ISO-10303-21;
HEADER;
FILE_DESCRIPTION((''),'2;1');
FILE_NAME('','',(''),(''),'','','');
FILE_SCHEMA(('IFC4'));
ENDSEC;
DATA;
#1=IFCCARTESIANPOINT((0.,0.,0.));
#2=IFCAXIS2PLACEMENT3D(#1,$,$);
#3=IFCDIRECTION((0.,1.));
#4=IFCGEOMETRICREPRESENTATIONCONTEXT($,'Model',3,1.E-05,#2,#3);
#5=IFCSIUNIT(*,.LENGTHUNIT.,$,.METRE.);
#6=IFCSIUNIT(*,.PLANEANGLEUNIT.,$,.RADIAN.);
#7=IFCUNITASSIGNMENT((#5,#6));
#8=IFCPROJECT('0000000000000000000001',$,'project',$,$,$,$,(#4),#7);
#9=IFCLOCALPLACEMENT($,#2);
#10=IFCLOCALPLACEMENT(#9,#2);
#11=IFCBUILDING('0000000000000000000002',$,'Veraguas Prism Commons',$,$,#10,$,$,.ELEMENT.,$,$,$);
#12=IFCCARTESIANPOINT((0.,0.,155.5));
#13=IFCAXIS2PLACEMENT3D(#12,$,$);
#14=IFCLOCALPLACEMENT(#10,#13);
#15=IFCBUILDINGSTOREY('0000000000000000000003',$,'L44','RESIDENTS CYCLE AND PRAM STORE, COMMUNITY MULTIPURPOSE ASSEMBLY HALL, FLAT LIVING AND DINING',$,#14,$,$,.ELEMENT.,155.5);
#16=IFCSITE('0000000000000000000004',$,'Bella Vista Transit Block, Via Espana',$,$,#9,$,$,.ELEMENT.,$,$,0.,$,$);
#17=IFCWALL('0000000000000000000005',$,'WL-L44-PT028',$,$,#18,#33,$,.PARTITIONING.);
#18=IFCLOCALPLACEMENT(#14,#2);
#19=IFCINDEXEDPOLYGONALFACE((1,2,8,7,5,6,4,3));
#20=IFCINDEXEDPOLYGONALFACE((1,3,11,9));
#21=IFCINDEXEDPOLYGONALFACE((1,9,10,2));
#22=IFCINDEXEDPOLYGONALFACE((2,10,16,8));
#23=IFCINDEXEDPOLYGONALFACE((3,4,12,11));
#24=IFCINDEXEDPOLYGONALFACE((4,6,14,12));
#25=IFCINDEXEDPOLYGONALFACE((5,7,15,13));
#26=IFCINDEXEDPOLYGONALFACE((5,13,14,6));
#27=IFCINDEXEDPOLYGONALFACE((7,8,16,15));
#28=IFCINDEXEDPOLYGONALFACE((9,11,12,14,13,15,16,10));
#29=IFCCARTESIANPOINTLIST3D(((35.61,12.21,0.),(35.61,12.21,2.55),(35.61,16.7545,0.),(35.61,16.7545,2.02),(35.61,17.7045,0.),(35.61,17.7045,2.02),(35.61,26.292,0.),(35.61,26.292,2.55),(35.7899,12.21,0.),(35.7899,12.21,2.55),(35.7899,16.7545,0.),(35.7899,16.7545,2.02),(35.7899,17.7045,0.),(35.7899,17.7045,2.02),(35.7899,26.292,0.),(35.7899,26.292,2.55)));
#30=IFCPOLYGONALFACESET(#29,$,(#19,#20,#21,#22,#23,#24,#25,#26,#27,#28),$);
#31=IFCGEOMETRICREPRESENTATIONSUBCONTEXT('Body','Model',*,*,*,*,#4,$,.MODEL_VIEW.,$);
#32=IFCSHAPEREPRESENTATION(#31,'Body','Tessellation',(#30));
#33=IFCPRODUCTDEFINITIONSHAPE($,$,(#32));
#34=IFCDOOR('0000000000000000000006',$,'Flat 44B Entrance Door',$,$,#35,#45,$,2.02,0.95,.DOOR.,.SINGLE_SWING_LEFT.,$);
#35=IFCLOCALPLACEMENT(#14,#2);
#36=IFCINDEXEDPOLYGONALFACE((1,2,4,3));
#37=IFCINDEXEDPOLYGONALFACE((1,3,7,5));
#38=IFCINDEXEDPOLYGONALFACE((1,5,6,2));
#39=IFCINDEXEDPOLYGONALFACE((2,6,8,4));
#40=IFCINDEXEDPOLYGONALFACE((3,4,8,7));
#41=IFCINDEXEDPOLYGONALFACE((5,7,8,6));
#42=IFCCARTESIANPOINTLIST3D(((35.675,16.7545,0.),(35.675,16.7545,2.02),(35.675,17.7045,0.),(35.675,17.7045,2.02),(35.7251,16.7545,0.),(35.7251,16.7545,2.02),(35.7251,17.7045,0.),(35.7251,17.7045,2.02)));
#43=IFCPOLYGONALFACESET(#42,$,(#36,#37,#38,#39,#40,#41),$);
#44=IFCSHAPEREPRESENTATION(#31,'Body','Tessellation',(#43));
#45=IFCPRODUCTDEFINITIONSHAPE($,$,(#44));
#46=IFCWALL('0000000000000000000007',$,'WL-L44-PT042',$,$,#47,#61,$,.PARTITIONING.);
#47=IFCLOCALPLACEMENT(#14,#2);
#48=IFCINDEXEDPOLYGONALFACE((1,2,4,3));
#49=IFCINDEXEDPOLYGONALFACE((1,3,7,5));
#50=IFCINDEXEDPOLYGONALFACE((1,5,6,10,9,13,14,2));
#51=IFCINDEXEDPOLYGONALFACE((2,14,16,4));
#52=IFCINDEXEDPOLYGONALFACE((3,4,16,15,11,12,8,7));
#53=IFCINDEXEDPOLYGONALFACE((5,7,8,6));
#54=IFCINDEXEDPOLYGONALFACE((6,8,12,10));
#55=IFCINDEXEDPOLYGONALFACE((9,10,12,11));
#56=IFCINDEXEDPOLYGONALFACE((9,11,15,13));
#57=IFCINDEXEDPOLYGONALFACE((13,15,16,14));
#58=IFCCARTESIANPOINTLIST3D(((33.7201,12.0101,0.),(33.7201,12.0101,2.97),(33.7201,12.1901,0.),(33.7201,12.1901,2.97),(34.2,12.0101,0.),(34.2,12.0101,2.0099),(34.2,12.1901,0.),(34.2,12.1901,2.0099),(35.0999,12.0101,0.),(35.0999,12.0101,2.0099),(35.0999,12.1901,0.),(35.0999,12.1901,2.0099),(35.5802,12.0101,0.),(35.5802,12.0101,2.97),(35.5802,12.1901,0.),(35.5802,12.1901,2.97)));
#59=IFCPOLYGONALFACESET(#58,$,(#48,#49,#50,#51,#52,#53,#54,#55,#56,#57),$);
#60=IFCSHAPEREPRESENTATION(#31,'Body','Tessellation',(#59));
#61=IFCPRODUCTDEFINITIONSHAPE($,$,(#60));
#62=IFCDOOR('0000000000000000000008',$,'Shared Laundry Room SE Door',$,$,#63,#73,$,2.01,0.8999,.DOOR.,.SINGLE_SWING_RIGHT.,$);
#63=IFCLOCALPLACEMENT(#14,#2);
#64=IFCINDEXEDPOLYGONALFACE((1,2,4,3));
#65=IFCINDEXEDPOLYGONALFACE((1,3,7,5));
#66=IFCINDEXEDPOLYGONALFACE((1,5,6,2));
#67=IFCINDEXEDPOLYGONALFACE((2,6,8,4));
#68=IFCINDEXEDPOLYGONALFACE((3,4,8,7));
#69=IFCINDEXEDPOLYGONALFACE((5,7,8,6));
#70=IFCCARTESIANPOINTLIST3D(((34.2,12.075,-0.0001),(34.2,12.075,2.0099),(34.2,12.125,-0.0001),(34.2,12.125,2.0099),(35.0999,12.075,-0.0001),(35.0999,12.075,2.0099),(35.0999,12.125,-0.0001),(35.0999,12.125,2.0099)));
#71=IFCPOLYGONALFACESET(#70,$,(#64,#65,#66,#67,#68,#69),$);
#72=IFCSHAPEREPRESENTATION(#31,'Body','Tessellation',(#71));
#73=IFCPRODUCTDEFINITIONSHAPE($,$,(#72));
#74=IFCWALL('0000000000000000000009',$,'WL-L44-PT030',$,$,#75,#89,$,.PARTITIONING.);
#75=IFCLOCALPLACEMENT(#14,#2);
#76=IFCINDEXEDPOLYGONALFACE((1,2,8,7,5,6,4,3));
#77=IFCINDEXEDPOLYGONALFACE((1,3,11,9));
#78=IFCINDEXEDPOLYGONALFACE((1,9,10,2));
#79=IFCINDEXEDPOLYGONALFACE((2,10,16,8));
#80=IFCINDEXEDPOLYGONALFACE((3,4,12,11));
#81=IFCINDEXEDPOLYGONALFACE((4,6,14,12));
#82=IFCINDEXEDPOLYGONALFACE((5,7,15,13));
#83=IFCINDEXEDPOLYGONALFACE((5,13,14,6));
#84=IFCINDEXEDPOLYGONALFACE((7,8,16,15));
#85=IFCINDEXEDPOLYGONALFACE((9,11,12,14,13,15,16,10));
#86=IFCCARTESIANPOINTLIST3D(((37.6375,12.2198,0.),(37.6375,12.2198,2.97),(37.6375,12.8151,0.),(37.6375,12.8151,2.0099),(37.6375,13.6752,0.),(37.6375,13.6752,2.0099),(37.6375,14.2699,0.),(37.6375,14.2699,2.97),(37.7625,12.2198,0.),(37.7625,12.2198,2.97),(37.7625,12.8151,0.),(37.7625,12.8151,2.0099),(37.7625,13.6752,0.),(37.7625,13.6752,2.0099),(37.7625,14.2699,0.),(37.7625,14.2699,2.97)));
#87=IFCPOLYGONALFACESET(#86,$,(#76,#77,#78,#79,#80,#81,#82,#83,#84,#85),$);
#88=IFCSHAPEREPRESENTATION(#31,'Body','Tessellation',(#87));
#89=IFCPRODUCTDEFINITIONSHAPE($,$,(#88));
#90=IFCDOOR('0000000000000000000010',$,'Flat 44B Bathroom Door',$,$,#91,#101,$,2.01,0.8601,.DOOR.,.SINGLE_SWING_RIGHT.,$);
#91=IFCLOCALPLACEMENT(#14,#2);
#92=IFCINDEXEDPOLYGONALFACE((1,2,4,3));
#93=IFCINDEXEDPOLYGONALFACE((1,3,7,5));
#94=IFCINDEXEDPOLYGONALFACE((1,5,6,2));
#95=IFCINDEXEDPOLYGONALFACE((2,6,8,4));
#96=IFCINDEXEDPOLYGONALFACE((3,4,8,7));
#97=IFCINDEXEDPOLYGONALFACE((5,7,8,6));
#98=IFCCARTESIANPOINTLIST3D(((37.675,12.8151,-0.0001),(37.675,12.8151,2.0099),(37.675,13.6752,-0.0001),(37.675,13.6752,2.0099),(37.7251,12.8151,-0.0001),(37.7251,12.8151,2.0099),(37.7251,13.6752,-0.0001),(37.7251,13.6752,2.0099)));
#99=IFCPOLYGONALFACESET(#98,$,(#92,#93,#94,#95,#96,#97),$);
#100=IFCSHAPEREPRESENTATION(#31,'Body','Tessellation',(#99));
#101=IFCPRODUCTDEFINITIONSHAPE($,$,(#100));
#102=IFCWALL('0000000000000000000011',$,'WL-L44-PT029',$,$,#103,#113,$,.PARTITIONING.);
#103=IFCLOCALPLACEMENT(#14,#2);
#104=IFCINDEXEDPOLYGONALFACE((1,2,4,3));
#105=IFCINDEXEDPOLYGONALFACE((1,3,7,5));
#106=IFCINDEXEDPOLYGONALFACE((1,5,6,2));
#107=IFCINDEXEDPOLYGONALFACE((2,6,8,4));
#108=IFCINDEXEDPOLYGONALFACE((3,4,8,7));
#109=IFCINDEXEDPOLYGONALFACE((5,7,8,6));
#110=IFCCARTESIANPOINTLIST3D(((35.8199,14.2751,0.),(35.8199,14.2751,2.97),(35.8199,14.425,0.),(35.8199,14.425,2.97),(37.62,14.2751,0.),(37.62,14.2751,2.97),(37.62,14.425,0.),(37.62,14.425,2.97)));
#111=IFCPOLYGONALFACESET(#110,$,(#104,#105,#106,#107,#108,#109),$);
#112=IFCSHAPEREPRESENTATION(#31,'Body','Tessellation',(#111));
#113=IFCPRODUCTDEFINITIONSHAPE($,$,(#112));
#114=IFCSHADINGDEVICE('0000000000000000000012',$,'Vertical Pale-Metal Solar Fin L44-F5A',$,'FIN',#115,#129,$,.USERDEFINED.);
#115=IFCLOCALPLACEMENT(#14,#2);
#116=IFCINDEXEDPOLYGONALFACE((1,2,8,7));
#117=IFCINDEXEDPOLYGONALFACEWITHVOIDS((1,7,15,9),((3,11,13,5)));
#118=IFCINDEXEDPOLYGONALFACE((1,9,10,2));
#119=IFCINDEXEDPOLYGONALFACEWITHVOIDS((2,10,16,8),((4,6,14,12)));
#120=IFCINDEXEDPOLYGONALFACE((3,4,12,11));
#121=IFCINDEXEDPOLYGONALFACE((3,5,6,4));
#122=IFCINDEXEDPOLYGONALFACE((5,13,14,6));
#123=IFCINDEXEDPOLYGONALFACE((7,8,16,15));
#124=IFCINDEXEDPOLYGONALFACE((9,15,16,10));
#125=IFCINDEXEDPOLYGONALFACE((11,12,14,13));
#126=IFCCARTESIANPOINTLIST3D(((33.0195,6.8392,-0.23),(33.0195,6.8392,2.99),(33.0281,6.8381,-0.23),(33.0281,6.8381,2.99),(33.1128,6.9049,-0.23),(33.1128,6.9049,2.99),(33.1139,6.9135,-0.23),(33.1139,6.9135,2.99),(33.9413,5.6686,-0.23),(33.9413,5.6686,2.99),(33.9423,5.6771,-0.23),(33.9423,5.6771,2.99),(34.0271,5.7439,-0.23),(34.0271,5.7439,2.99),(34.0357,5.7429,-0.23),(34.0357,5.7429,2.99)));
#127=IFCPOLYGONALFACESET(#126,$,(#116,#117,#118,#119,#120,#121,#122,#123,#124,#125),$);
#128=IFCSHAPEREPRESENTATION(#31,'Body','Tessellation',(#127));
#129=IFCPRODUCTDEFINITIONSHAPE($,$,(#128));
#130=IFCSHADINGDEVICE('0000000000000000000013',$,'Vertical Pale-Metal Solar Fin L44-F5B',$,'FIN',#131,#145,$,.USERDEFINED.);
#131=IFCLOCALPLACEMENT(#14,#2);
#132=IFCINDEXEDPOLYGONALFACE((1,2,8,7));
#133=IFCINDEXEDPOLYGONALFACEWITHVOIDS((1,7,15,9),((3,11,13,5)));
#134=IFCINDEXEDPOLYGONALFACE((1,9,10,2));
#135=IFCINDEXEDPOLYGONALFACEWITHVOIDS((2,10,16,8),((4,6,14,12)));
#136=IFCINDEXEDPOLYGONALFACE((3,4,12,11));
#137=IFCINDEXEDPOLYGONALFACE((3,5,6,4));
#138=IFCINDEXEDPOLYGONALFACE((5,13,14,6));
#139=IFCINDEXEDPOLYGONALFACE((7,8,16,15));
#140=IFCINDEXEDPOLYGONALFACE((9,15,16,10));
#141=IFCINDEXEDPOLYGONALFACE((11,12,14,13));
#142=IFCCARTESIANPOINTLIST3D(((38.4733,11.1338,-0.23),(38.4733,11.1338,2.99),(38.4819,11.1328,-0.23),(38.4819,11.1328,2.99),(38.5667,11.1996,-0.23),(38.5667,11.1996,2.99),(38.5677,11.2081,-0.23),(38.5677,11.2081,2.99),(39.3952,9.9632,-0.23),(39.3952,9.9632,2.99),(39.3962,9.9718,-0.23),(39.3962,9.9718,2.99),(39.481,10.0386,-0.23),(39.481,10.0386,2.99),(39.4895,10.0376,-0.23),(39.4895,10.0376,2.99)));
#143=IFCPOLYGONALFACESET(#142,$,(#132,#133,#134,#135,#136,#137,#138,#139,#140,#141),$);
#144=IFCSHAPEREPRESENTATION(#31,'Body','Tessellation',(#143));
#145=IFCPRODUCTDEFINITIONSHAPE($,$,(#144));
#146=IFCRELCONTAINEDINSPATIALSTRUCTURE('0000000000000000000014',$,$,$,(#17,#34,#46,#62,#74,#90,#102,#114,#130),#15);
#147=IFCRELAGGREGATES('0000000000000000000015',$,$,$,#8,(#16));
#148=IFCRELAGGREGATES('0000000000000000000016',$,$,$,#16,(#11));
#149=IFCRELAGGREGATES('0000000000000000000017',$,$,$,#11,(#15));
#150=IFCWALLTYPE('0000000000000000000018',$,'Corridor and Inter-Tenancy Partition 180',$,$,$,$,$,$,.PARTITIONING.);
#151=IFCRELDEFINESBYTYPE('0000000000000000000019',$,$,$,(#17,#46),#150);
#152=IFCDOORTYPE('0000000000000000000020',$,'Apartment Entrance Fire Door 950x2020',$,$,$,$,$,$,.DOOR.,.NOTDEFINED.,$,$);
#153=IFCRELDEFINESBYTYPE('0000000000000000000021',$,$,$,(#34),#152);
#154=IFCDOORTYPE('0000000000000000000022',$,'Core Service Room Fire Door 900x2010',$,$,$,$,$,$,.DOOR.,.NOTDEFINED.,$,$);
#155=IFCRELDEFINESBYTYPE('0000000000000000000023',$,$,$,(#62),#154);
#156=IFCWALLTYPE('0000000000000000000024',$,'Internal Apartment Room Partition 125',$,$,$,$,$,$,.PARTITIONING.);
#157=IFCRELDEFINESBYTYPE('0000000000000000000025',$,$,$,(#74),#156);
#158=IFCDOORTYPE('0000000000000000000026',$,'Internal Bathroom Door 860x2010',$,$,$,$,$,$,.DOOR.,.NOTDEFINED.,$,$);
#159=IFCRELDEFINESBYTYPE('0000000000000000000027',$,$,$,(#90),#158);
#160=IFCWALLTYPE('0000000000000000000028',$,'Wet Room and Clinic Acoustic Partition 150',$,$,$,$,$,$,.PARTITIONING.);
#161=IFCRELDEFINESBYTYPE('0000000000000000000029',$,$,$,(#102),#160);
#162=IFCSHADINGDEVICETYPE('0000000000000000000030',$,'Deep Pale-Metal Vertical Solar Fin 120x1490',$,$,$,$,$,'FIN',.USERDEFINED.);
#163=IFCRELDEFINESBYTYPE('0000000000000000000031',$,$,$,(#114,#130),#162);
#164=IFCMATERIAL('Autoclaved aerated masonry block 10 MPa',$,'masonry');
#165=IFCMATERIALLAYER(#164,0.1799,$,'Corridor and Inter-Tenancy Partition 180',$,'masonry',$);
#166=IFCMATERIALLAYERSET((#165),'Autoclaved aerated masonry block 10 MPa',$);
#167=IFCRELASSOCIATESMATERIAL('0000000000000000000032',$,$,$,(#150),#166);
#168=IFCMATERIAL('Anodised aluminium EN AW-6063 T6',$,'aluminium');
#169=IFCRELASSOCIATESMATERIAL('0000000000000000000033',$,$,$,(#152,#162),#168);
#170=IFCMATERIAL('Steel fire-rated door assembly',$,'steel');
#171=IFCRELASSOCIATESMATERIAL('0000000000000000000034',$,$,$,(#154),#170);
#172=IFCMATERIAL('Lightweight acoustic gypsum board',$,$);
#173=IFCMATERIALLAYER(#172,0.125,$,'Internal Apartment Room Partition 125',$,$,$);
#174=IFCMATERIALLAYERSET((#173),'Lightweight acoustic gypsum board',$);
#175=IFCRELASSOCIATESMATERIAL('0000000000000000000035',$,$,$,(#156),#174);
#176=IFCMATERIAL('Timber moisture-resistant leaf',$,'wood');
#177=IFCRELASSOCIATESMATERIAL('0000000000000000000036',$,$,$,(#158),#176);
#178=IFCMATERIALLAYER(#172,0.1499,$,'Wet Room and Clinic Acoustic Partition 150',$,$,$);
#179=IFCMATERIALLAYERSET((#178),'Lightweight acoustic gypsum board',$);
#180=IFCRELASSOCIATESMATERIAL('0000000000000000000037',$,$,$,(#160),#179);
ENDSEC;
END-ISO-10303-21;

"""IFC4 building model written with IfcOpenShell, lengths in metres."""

from ifc_helpers import new_model, si_unit, direction, frame, frame_2d, origin, origin_2d, place, context, subcontext, project, spatial, rectangle, hollow_rectangle, extrude, source, transform, mapped, material, layer, layer_set, material_profile, profile_set, type_object, element, fill, save


model = new_model("IFC4")

# Units and contexts
model_context = context("Model", 3, precision=1e-05, world=origin(), true_north=direction((0.0, 1.0)))
body_context = subcontext(model_context, "Body", "Model", "MODEL_VIEW")
ifc_project = project(units=[si_unit("LENGTHUNIT", "METRE"), si_unit("PLANEANGLEUNIT", "RADIAN")], contexts=[model_context])

# Site, building, storey
site_placement = place(None, origin())
site = spatial("IfcSite", under=ifc_project, at=site_placement, Name="Bella Vista Transit Block, Via Espana", CompositionType="ELEMENT", RefElevation=0.0)
building_placement = place(site_placement, origin())
building = spatial("IfcBuilding", under=site, at=building_placement, Name="Veraguas Prism Commons", CompositionType="ELEMENT")
storey_placement = place(building_placement, frame((0.0, 0.0, 155.5)))
storey = spatial("IfcBuildingStorey", under=building, at=storey_placement, Name="L44", Description="RESIDENTS CYCLE AND PRAM STORE, COMMUNITY MULTIPURPOSE ASSEMBLY HALL, FLAT LIVING AND DINING", CompositionType="ELEMENT", Elevation=155.5)

# Shared definitions
ifc_material_1 = material(Name="Anodised aluminium EN AW-6063 T6", Category="aluminium")

# Shared definitions
ifc_material_2 = material(Name="Autoclaved aerated masonry block 10 MPa", Category="masonry")
ifc_layer_1 = layer(ifc_material_2, 0.1799, Name="Corridor and Inter-Tenancy Partition 180", Category="masonry")
ifc_layer_set_1 = layer_set([ifc_layer_1], Name="Autoclaved aerated masonry block 10 MPa")
wall_type_1 = type_object("IfcWallType", Name="Corridor and Inter-Tenancy Partition 180", PredefinedType="PARTITIONING", material=ifc_layer_set_1)

# Walls, openings, doors
wall_1_placement = place(storey_placement, frame((35.7, 12.21, 0.0), z_axis=(0.0, 0.0, 1.0), x_axis=(0.0, 1.0, 0.0)))
wall_1 = element("IfcWall", 1, at=wall_1_placement, inside=storey, type_object=wall_type_1, Name="WL-L44-PT028", PredefinedType="PARTITIONING", context=body_context, shape_type="SweptSolid", body=[
    extrude(rectangle(XDim=14.082, YDim=0.1799, at=frame_2d((7.041, 0.0))), origin(), (0.0, 0.0, 1.0), 2.55),
])
opening_1_placement = place(wall_1_placement, frame((4.5444, 0.0, 0.0)))
opening_1 = element("IfcOpeningElement", 2, at=opening_1_placement, cuts=wall_1, PredefinedType="OPENING", context=body_context, shape_type="SweptSolid", body=[
    extrude(rectangle(XDim=0.95, YDim=2.02, at=frame_2d((0.4751, 1.01))), frame((0.0, 0.0999, 0.0), z_axis=(0.0, -1.0, 0.0), x_axis=(1.0, 0.0, 0.0)), (0.0, 0.0, 1.0), 0.2),
])
door_type_1 = type_object("IfcDoorType", Name="Apartment Entrance Fire Door 950x2020", OperationType="NOTDEFINED", PredefinedType="DOOR", material=ifc_material_1)
shared_shape_1 = source(origin(), body_context, "Body", "SweptSolid", [
    extrude(rectangle(XDim=0.95, YDim=2.02, at=frame_2d((0.4751, 1.01))), frame((0.0, 0.0249, 0.0), z_axis=(0.0, -1.0, 0.0), x_axis=(1.0, 0.0, 0.0)), (0.0, 0.0, 1.0), 0.05),
])
door_1_placement = place(opening_1_placement, origin())
door_1 = element("IfcDoor", 3, at=door_1_placement, inside=storey, type_object=door_type_1, Name="Flat 44B Entrance Door", OperationType="SINGLE_SWING_LEFT", OverallHeight=2.02, OverallWidth=0.95, PredefinedType="DOOR", context=body_context, shape_type="MappedRepresentation", body=[
    mapped(shared_shape_1, transform((0.0, 0.0, 0.0), scale=1.0)),
])
fill(opening_1, door_1)
wall_2_placement = place(storey_placement, frame((33.72, 12.1001, 0.0), z_axis=(0.0, 0.0, 1.0), x_axis=(1.0, 0.0, 0.0)))
wall_2 = element("IfcWall", 4, at=wall_2_placement, inside=storey, type_object=wall_type_1, Name="WL-L44-PT042", PredefinedType="PARTITIONING", context=body_context, shape_type="SweptSolid", body=[
    extrude(rectangle(XDim=1.8601, YDim=0.1799, at=frame_2d((0.9302, 0.0))), origin(), (0.0, 0.0, 1.0), 2.97),
])
opening_2_placement = place(wall_2_placement, frame((0.48, 0.0, 0.0)))
opening_2 = element("IfcOpeningElement", 5, at=opening_2_placement, cuts=wall_2, PredefinedType="OPENING", context=body_context, shape_type="SweptSolid", body=[
    extrude(rectangle(XDim=0.8999, YDim=2.01, at=frame_2d((0.45, 1.0049))), frame((0.0, 0.0999, 0.0), z_axis=(0.0, -1.0, 0.0), x_axis=(1.0, 0.0, 0.0)), (0.0, 0.0, 1.0), 0.2),
])
ifc_material_3 = material(Name="Steel fire-rated door assembly", Category="steel")
door_type_2 = type_object("IfcDoorType", Name="Core Service Room Fire Door 900x2010", OperationType="NOTDEFINED", PredefinedType="DOOR", material=ifc_material_3)
shared_shape_2 = source(origin(), body_context, "Body", "SweptSolid", [
    extrude(rectangle(XDim=0.8999, YDim=2.01, at=frame_2d((0.45, 1.0049))), frame((0.0, 0.0249, 0.0), z_axis=(0.0, -1.0, 0.0), x_axis=(1.0, 0.0, 0.0)), (0.0, 0.0, 1.0), 0.05),
])
door_2_placement = place(opening_2_placement, origin())
door_2 = element("IfcDoor", 6, at=door_2_placement, inside=storey, type_object=door_type_2, Name="Shared Laundry Room SE Door", OperationType="SINGLE_SWING_RIGHT", OverallHeight=2.01, OverallWidth=0.8999, PredefinedType="DOOR", context=body_context, shape_type="MappedRepresentation", body=[
    mapped(shared_shape_2, transform((0.0, 0.0, 0.0), scale=1.0)),
])
fill(opening_2, door_2)
ifc_material_4 = material(Name="Lightweight acoustic gypsum board")
ifc_layer_2 = layer(ifc_material_4, 0.125, Name="Internal Apartment Room Partition 125")
ifc_layer_set_2 = layer_set([ifc_layer_2], Name="Lightweight acoustic gypsum board")
wall_type_2 = type_object("IfcWallType", Name="Internal Apartment Room Partition 125", PredefinedType="PARTITIONING", material=ifc_layer_set_2)
wall_3_placement = place(storey_placement, frame((37.7, 12.22, 0.0), z_axis=(0.0, 0.0, 1.0), x_axis=(0.0, 1.0, 0.0)))
wall_3 = element("IfcWall", 7, at=wall_3_placement, inside=storey, type_object=wall_type_2, Name="WL-L44-PT030", PredefinedType="PARTITIONING", context=body_context, shape_type="SweptSolid", body=[
    extrude(rectangle(XDim=2.05, YDim=0.125, at=frame_2d((1.0249, 0.0))), origin(), (0.0, 0.0, 1.0), 2.97),
])
opening_3_placement = place(wall_3_placement, frame((0.595, 0.0, 0.0)))
opening_3 = element("IfcOpeningElement", 8, at=opening_3_placement, cuts=wall_3, PredefinedType="OPENING", context=body_context, shape_type="SweptSolid", body=[
    extrude(rectangle(XDim=0.8601, YDim=2.01, at=frame_2d((0.4302, 1.0049))), frame((0.0, 0.0725, 0.0), z_axis=(0.0, -1.0, 0.0), x_axis=(1.0, 0.0, 0.0)), (0.0, 0.0, 1.0), 0.145),
])
ifc_material_5 = material(Name="Timber moisture-resistant leaf", Category="wood")
door_type_3 = type_object("IfcDoorType", Name="Internal Bathroom Door 860x2010", OperationType="NOTDEFINED", PredefinedType="DOOR", material=ifc_material_5)
shared_shape_3 = source(origin(), body_context, "Body", "SweptSolid", [
    extrude(rectangle(XDim=0.8601, YDim=2.01, at=frame_2d((0.4302, 1.0049))), frame((0.0, 0.0249, 0.0), z_axis=(0.0, -1.0, 0.0), x_axis=(1.0, 0.0, 0.0)), (0.0, 0.0, 1.0), 0.05),
])
door_3_placement = place(opening_3_placement, origin())
door_3 = element("IfcDoor", 9, at=door_3_placement, inside=storey, type_object=door_type_3, Name="Flat 44B Bathroom Door", OperationType="SINGLE_SWING_RIGHT", OverallHeight=2.01, OverallWidth=0.8601, PredefinedType="DOOR", context=body_context, shape_type="MappedRepresentation", body=[
    mapped(shared_shape_3, transform((0.0, 0.0, 0.0), scale=1.0)),
])
fill(opening_3, door_3)

# Wall
ifc_layer_3 = layer(ifc_material_4, 0.1499, Name="Wet Room and Clinic Acoustic Partition 150")
ifc_layer_set_3 = layer_set([ifc_layer_3], Name="Lightweight acoustic gypsum board")
wall_type_3 = type_object("IfcWallType", Name="Wet Room and Clinic Acoustic Partition 150", PredefinedType="PARTITIONING", material=ifc_layer_set_3)
wall_4_placement = place(storey_placement, frame((35.8201, 14.3501, 0.0), z_axis=(0.0, 0.0, 1.0), x_axis=(1.0, 0.0, 0.0)))
element("IfcWall", 10, at=wall_4_placement, inside=storey, type_object=wall_type_3, Name="WL-L44-PT029", PredefinedType="PARTITIONING", context=body_context, shape_type="SweptSolid", body=[
    extrude(rectangle(XDim=1.8, YDim=0.1499, at=frame_2d((0.8999, 0.0))), origin(), (0.0, 0.0, 1.0), 2.97),
])

# Shading devices
ifc_material_profile_1 = material_profile(ifc_material_1, hollow_rectangle(XDim=0.1201, YDim=1.49, WallThickness=0.0061, at=origin_2d()), Name="FIN120X1490X6")
ifc_profile_set_1 = profile_set([ifc_material_profile_1], Name="Anodised aluminium EN AW-6063 T6")
shading_device_type = type_object("IfcShadingDeviceType", Name="Deep Pale-Metal Vertical Solar Fin 120x1490", ElementType="FIN", PredefinedType="USERDEFINED", material=ifc_profile_set_1)
for number, where, z_axis, x_axis, name in (
    (11, (33.5276, 6.291, -0.23), (0.0, 0.0, 1.0), (0.78564, 0.618684, 0.0), "Vertical Pale-Metal Solar Fin L44-F5A"),
    (12, (38.9814, 10.5857, -0.23), (0.0, 0.0, 1.0), (0.78564, 0.618684, 0.0), "Vertical Pale-Metal Solar Fin L44-F5B"),
):
    element("IfcShadingDevice", number, at=place(storey_placement, frame(where, z_axis=z_axis, x_axis=x_axis)), inside=storey, type_object=shading_device_type, Name=name, ObjectType="FIN", PredefinedType="USERDEFINED", context=body_context, shape_type="SweptSolid", body=[
        extrude(hollow_rectangle(XDim=0.1201, YDim=1.49, WallThickness=0.0061, at=origin_2d()), origin(), (0.0, 0.0, 1.0), 3.22),
    ])

save(model, "model.ifc")
